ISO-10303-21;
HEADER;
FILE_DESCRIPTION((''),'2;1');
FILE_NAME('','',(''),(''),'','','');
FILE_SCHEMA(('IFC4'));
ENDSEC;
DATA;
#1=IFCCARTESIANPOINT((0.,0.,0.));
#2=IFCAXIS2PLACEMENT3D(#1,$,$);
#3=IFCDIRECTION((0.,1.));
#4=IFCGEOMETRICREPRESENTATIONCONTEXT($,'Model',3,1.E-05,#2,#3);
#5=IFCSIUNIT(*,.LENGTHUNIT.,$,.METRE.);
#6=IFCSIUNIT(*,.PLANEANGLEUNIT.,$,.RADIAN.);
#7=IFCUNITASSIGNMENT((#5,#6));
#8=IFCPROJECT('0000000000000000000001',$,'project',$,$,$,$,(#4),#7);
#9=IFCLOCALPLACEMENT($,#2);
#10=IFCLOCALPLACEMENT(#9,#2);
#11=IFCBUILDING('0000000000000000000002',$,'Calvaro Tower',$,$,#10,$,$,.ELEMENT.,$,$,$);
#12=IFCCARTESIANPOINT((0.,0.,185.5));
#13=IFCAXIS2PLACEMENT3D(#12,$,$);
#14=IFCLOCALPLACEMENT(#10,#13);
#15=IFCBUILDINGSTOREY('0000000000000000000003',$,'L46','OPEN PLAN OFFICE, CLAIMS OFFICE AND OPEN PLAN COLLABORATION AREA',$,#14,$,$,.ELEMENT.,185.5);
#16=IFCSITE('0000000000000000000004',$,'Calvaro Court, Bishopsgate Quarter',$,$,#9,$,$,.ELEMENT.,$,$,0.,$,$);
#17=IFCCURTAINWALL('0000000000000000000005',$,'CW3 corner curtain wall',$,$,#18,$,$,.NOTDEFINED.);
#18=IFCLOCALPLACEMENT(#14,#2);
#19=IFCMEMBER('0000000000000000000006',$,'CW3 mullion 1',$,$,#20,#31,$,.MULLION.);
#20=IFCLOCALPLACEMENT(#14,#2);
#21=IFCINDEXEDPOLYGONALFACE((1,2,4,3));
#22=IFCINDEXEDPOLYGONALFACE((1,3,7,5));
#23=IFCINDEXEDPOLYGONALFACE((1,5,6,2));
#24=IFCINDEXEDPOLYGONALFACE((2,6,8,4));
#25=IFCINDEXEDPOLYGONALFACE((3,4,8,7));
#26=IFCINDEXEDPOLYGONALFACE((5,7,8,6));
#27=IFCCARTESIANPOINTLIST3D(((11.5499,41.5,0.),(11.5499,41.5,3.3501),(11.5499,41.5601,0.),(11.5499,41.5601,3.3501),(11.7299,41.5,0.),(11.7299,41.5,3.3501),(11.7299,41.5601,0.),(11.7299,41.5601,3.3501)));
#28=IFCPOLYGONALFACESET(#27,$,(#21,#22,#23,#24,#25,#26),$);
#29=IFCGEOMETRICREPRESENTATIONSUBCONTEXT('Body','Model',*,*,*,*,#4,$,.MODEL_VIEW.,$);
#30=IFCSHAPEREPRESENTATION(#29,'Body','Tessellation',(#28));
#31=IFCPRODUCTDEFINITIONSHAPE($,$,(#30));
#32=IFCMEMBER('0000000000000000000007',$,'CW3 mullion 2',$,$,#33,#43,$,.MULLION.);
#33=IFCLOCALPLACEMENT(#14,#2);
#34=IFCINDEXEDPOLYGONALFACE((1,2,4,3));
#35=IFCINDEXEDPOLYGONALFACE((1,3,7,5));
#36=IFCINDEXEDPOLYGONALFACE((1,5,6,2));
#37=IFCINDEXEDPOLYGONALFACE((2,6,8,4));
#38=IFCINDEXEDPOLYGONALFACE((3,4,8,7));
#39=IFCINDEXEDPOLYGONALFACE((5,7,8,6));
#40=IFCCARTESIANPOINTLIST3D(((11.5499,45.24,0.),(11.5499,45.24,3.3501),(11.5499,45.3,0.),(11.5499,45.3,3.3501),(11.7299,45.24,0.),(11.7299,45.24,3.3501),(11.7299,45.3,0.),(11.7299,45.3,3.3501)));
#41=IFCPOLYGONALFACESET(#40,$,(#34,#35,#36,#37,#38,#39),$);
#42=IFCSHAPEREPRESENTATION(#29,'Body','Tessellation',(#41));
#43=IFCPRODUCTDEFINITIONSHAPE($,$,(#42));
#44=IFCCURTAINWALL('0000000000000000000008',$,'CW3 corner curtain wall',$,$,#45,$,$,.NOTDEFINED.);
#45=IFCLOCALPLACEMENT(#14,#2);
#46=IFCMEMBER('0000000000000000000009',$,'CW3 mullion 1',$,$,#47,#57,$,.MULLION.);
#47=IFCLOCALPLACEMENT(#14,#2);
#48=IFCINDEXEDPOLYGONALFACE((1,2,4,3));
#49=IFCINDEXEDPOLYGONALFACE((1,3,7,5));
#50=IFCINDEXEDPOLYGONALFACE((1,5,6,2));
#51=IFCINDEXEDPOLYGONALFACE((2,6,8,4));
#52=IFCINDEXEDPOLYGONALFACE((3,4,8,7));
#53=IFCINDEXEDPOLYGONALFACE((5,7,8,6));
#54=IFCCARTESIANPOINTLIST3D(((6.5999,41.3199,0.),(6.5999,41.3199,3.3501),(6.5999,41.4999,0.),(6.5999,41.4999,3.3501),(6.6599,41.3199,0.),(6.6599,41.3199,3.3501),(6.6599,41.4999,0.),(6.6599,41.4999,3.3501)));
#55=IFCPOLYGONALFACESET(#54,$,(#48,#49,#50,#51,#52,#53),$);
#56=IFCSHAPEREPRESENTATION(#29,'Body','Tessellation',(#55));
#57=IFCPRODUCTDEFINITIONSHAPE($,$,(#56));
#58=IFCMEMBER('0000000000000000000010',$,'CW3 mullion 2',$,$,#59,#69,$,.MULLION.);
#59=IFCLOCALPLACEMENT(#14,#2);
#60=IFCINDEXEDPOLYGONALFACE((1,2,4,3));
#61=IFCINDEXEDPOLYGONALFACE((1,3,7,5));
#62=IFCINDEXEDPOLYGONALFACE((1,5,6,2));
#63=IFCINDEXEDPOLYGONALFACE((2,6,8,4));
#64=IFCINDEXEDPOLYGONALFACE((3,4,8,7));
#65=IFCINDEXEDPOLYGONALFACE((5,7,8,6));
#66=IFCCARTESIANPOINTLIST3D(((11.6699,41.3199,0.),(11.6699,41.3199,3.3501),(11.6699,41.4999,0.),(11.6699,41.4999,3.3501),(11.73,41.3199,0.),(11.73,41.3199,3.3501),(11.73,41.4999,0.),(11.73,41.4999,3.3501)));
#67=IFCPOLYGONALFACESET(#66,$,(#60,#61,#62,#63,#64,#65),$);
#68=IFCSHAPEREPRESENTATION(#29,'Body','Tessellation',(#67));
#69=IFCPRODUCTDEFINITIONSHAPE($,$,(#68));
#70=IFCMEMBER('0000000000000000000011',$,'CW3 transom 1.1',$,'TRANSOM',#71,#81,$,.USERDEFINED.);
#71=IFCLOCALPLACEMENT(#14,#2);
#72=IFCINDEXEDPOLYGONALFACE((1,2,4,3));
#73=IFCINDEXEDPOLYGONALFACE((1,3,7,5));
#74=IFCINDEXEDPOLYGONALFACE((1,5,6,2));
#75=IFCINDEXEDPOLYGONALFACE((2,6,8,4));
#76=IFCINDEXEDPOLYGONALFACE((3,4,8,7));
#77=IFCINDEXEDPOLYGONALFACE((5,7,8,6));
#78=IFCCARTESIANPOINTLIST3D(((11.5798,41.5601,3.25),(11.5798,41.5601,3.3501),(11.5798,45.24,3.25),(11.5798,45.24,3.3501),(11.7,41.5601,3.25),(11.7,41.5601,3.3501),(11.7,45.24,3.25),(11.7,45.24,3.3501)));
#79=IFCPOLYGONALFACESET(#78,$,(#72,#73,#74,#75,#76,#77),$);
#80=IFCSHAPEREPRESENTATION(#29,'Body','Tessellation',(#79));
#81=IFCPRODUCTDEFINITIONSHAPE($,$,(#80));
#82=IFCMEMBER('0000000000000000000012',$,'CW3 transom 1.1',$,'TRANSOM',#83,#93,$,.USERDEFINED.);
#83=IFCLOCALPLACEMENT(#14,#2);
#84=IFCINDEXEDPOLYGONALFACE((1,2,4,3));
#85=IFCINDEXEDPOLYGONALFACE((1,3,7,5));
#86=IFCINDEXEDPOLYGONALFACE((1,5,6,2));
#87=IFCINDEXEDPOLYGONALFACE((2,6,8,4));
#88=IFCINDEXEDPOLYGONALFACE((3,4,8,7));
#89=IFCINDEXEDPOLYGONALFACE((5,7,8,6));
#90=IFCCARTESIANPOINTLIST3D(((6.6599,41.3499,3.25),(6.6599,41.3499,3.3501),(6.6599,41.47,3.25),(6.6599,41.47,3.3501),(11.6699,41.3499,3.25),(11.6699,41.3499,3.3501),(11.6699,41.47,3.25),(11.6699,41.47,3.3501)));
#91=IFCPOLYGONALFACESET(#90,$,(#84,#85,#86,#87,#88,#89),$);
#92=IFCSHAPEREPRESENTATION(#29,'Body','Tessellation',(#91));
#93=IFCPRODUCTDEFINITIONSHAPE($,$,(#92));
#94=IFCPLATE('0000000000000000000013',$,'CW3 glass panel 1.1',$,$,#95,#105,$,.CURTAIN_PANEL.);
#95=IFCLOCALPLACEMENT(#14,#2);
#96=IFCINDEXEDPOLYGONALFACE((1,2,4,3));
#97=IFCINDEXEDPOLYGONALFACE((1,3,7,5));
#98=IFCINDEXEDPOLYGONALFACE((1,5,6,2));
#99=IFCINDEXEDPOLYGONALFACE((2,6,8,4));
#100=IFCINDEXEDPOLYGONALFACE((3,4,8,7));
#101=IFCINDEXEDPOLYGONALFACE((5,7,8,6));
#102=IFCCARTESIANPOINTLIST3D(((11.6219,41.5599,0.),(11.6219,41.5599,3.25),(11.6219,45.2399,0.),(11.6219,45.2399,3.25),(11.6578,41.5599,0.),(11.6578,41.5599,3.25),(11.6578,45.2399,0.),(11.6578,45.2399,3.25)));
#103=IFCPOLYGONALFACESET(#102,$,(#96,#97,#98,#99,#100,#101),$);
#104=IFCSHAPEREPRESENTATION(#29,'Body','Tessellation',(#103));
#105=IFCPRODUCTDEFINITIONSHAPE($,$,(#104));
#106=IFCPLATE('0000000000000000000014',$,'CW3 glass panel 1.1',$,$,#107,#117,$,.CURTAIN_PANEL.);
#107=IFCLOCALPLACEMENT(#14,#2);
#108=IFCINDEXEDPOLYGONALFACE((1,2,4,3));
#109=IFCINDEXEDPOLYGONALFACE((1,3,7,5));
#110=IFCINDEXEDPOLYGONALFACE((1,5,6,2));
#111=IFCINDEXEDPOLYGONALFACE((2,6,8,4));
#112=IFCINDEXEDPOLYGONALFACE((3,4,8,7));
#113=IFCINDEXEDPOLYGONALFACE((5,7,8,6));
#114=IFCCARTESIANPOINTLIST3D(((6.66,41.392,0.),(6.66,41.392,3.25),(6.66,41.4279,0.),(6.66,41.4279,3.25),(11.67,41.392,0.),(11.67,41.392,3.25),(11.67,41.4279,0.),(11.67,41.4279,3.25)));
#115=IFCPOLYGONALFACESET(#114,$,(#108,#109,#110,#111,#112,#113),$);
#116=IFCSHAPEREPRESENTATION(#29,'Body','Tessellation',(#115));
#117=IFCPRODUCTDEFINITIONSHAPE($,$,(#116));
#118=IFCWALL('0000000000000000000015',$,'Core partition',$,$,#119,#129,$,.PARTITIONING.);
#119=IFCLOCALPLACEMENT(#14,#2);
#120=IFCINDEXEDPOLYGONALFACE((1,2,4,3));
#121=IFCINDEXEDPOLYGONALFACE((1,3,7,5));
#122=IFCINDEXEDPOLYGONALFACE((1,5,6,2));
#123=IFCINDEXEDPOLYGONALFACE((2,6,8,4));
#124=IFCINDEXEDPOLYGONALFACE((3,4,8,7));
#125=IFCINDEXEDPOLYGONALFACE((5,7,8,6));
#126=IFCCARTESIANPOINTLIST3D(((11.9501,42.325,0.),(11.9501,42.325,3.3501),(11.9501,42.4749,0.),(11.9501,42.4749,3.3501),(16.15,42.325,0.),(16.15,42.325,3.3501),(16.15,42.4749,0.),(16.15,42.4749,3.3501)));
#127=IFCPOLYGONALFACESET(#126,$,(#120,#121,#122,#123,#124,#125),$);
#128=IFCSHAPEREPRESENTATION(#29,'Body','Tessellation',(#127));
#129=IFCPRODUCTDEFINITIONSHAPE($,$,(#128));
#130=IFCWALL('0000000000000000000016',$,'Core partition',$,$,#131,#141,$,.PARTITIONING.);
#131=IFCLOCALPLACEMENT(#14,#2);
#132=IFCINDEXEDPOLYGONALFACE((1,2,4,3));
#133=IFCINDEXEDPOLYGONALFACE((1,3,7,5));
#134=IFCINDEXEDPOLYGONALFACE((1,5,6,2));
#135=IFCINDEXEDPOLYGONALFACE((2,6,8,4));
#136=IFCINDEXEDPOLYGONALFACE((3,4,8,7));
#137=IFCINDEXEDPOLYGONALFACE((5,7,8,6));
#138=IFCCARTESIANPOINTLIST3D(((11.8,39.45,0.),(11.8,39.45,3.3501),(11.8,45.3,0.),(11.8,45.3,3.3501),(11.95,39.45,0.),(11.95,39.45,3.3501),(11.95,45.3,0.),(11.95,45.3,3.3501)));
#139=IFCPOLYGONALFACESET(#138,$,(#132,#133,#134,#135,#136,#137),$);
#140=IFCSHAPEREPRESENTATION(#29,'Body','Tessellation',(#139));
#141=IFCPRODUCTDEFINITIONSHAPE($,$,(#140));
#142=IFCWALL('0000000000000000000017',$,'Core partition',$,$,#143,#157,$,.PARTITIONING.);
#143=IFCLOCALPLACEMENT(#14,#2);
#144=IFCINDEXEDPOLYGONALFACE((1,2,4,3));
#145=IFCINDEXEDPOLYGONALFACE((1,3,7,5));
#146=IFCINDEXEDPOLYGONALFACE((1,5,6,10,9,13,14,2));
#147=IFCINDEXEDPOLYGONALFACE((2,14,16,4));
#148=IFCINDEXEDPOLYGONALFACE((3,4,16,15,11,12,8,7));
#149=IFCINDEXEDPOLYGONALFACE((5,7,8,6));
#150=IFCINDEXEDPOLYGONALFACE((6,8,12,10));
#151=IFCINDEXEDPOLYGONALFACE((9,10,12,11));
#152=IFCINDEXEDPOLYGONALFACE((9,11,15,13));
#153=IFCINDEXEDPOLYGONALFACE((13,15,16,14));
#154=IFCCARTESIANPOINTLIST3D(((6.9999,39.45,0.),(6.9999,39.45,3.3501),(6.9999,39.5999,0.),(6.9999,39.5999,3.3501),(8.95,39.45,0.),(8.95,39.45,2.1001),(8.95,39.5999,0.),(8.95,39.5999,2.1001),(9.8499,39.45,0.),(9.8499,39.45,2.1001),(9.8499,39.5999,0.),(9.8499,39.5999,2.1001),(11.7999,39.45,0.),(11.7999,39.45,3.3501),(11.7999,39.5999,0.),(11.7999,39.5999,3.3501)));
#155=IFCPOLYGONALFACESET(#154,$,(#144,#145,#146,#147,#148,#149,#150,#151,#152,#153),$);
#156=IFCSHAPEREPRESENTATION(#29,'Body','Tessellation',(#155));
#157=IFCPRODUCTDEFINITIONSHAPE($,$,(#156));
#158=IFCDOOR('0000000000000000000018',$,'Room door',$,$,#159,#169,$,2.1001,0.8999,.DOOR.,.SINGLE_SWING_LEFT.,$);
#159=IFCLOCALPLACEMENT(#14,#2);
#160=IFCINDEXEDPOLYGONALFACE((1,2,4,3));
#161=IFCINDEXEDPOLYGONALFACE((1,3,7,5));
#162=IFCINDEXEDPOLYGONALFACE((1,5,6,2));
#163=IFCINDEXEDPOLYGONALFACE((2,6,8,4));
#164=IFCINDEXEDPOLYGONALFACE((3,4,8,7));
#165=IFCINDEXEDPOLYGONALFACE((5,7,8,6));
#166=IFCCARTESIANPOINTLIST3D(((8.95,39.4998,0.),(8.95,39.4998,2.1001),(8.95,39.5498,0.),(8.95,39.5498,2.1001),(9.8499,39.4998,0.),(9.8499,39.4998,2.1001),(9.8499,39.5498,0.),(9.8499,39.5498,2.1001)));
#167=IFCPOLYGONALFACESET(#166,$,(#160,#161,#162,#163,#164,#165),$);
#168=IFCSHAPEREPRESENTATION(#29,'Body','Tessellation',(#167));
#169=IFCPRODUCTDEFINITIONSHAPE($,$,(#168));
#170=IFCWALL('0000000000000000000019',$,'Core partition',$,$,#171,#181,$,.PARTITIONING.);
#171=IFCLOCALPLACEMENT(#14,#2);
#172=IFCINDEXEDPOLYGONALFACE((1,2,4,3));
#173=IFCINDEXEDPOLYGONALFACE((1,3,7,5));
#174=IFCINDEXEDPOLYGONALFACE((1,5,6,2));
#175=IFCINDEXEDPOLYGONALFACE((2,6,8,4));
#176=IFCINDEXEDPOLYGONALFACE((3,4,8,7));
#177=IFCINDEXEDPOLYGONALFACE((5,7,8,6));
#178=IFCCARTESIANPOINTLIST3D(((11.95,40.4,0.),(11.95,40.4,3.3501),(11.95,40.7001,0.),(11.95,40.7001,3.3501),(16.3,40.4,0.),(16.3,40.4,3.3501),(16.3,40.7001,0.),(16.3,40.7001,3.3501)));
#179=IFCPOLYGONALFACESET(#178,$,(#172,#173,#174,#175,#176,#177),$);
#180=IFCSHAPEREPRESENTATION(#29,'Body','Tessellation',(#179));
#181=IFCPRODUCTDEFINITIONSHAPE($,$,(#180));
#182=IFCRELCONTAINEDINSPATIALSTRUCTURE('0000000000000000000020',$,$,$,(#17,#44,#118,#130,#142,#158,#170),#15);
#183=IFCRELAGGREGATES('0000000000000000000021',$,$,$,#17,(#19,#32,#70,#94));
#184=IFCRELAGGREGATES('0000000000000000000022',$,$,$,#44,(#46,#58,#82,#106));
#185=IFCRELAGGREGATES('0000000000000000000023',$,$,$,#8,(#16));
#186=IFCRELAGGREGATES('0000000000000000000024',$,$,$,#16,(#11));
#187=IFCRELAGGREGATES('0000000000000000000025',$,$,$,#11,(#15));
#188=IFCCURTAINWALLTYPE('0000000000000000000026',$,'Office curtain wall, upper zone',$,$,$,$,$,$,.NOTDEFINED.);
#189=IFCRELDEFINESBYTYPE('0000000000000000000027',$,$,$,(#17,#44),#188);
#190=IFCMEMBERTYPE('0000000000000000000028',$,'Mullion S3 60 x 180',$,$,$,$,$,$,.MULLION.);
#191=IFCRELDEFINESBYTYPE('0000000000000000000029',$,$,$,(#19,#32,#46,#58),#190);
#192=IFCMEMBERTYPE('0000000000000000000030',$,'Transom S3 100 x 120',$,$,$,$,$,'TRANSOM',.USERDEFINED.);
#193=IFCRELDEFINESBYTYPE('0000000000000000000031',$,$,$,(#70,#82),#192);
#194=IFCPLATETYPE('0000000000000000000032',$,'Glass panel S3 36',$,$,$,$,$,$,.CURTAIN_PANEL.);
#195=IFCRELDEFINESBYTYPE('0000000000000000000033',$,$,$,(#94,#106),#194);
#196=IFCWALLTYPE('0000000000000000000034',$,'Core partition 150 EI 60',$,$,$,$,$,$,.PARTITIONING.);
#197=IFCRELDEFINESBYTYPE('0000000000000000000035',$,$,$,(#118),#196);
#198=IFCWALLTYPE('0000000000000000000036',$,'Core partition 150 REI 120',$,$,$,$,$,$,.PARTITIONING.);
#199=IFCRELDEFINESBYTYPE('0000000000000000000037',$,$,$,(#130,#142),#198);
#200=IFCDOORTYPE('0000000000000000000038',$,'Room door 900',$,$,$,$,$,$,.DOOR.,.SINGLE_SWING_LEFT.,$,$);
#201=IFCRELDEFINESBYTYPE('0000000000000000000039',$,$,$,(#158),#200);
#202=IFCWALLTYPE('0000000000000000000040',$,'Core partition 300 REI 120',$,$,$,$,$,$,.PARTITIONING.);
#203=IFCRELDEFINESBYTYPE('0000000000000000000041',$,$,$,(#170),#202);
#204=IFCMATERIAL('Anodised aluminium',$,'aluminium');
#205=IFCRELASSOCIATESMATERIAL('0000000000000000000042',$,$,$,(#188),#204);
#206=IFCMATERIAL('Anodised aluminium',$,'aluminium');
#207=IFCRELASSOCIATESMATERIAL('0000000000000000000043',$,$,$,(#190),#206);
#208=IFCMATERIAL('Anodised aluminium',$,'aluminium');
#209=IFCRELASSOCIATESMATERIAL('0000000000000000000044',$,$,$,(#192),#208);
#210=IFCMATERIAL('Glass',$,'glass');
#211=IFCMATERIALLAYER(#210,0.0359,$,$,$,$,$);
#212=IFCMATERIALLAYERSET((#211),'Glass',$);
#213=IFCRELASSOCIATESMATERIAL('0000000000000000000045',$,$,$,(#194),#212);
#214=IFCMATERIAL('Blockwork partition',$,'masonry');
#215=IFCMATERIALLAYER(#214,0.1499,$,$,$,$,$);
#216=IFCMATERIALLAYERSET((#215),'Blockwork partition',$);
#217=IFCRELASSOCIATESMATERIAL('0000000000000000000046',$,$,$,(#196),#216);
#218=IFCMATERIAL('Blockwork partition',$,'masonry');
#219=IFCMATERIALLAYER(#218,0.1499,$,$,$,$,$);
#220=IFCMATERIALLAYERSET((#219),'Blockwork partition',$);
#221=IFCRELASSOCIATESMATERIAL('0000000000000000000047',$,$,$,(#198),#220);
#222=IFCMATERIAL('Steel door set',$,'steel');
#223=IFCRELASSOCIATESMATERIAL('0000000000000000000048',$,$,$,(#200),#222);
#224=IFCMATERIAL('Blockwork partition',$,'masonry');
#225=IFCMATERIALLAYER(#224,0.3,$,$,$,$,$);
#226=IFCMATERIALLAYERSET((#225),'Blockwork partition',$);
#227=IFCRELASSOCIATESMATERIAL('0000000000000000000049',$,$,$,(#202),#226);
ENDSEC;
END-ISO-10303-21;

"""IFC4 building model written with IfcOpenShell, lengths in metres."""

from ifc_helpers import new_model, si_unit, direction, frame, frame_2d, origin, origin_2d, place, context, subcontext, project, spatial, rectangle, extrude, material, layer, layer_set, material_profile, profile_set, type_object, element, fill, aggregate, save


model = new_model("IFC4")

# Units and contexts
model_context = context("Model", 3, precision=1e-05, world=origin(), true_north=direction((0.0, 1.0)))
body_context = subcontext(model_context, "Body", "Model", "MODEL_VIEW")
ifc_project = project(units=[si_unit("LENGTHUNIT", "METRE"), si_unit("PLANEANGLEUNIT", "RADIAN")], contexts=[model_context])

# Site, building, storey
site_placement = place(None, origin())
site = spatial("IfcSite", under=ifc_project, at=site_placement, Name="Calvaro Court, Bishopsgate Quarter", CompositionType="ELEMENT", RefElevation=0.0)
building_placement = place(site_placement, origin())
building = spatial("IfcBuilding", under=site, at=building_placement, Name="Calvaro Tower", CompositionType="ELEMENT")
storey_placement = place(building_placement, frame((0.0, 0.0, 185.5)))
storey = spatial("IfcBuildingStorey", under=building, at=storey_placement, Name="L46", Description="OPEN PLAN OFFICE, CLAIMS OFFICE AND OPEN PLAN COLLABORATION AREA", CompositionType="ELEMENT", Elevation=185.5)

# Curtain walls, members
ifc_material_1 = material(Name="Anodised aluminium", Category="aluminium")
curtain_wall_type = type_object("IfcCurtainWallType", Name="Office curtain wall, upper zone", PredefinedType="NOTDEFINED", material=ifc_material_1)
curtain_wall_1_placement = place(storey_placement, origin())
curtain_wall_1 = element("IfcCurtainWall", 1, at=curtain_wall_1_placement, inside=storey, type_object=curtain_wall_type, Name="CW3 corner curtain wall", PredefinedType="NOTDEFINED")
ifc_material_2 = material(Name="Anodised aluminium", Category="aluminium")
ifc_material_profile_1 = material_profile(ifc_material_2, rectangle(XDim=0.1799, YDim=0.0601, at=origin_2d()), Name="Mullion S3 60 x 180")
ifc_profile_set_1 = profile_set([ifc_material_profile_1], Name="Anodised aluminium")
member_type_1 = type_object("IfcMemberType", Name="Mullion S3 60 x 180", PredefinedType="MULLION", material=ifc_profile_set_1)
member_1_placement = place(storey_placement, frame((11.6399, 41.53, 0.0), z_axis=(0.0, 0.0, 1.0), x_axis=(-1.0, 0.0, 0.0)))
member_1 = element("IfcMember", 2, at=member_1_placement, type_object=member_type_1, Name="CW3 mullion 1", PredefinedType="MULLION", context=body_context, shape_type="SweptSolid", body=[
    extrude(rectangle(XDim=0.1799, YDim=0.0601, at=origin_2d()), origin(), (0.0, 0.0, 1.0), 3.3501),
])
member_2_placement = place(storey_placement, frame((11.6399, 45.27, 0.0), z_axis=(0.0, 0.0, 1.0), x_axis=(-1.0, 0.0, 0.0)))
member_2 = element("IfcMember", 3, at=member_2_placement, type_object=member_type_1, Name="CW3 mullion 2", PredefinedType="MULLION", context=body_context, shape_type="SweptSolid", body=[
    extrude(rectangle(XDim=0.1799, YDim=0.0601, at=origin_2d()), origin(), (0.0, 0.0, 1.0), 3.3501),
])
curtain_wall_2_placement = place(storey_placement, origin())
curtain_wall_2 = element("IfcCurtainWall", 4, at=curtain_wall_2_placement, inside=storey, type_object=curtain_wall_type, Name="CW3 corner curtain wall", PredefinedType="NOTDEFINED")
member_3_placement = place(storey_placement, frame((6.6299, 41.4099, 0.0), z_axis=(0.0, 0.0, 1.0), x_axis=(0.0, 1.0, 0.0)))
member_3 = element("IfcMember", 5, at=member_3_placement, type_object=member_type_1, Name="CW3 mullion 1", PredefinedType="MULLION", context=body_context, shape_type="SweptSolid", body=[
    extrude(rectangle(XDim=0.1799, YDim=0.0601, at=origin_2d()), origin(), (0.0, 0.0, 1.0), 3.3501),
])
member_4_placement = place(storey_placement, frame((11.7, 41.4099, 0.0), z_axis=(0.0, 0.0, 1.0), x_axis=(0.0, 1.0, 0.0)))
member_4 = element("IfcMember", 6, at=member_4_placement, type_object=member_type_1, Name="CW3 mullion 2", PredefinedType="MULLION", context=body_context, shape_type="SweptSolid", body=[
    extrude(rectangle(XDim=0.1799, YDim=0.0601, at=origin_2d()), origin(), (0.0, 0.0, 1.0), 3.3501),
])

# Members
ifc_material_3 = material(Name="Anodised aluminium", Category="aluminium")
ifc_material_profile_2 = material_profile(ifc_material_3, rectangle(XDim=0.1201, YDim=0.1001, at=origin_2d()), Name="Transom S3 100 x 120")
ifc_profile_set_2 = profile_set([ifc_material_profile_2], Name="Anodised aluminium")
member_type_2 = type_object("IfcMemberType", Name="Transom S3 100 x 120", ElementType="TRANSOM", PredefinedType="USERDEFINED", material=ifc_profile_set_2)
member_5_placement = place(storey_placement, frame((11.6399, 41.5601, 3.3), z_axis=(0.0, 1.0, 0.0), x_axis=(-1.0, 0.0, 0.0)))
member_5 = element("IfcMember", 7, at=member_5_placement, type_object=member_type_2, Name="CW3 transom 1.1", ObjectType="TRANSOM", PredefinedType="USERDEFINED", context=body_context, shape_type="SweptSolid", body=[
    extrude(rectangle(XDim=0.1201, YDim=0.1001, at=origin_2d()), origin(), (0.0, 0.0, 1.0), 3.6799),
])
member_6_placement = place(storey_placement, frame((6.6599, 41.4099, 3.3), z_axis=(1.0, 0.0, 0.0), x_axis=(0.0, 1.0, 0.0)))
member_6 = element("IfcMember", 8, at=member_6_placement, type_object=member_type_2, Name="CW3 transom 1.1", ObjectType="TRANSOM", PredefinedType="USERDEFINED", context=body_context, shape_type="SweptSolid", body=[
    extrude(rectangle(XDim=0.1201, YDim=0.1001, at=origin_2d()), origin(), (0.0, 0.0, 1.0), 5.01),
])

# Plates
ifc_material_4 = material(Name="Glass", Category="glass")
ifc_layer_1 = layer(ifc_material_4, 0.0359)
ifc_layer_set_1 = layer_set([ifc_layer_1], Name="Glass")
plate_type = type_object("IfcPlateType", Name="Glass panel S3 36", PredefinedType="CURTAIN_PANEL", material=ifc_layer_set_1)
plate_1_placement = place(storey_placement, frame((11.6399, 43.3999, 0.0), z_axis=(0.0, 0.0, 1.0), x_axis=(0.0, 1.0, 0.0)))
plate_1 = element("IfcPlate", 9, at=plate_1_placement, type_object=plate_type, Name="CW3 glass panel 1.1", PredefinedType="CURTAIN_PANEL", context=body_context, shape_type="SweptSolid", body=[
    extrude(rectangle(XDim=3.6799, YDim=0.0359, at=origin_2d()), origin(), (0.0, 0.0, 1.0), 3.25),
])
aggregate(curtain_wall_1, [member_1, member_2, member_5, plate_1])
plate_2_placement = place(storey_placement, frame((9.165, 41.4099, 0.0), z_axis=(0.0, 0.0, 1.0), x_axis=(1.0, 0.0, 0.0)))
plate_2 = element("IfcPlate", 10, at=plate_2_placement, type_object=plate_type, Name="CW3 glass panel 1.1", PredefinedType="CURTAIN_PANEL", context=body_context, shape_type="SweptSolid", body=[
    extrude(rectangle(XDim=5.01, YDim=0.0359, at=origin_2d()), origin(), (0.0, 0.0, 1.0), 3.25),
])
aggregate(curtain_wall_2, [member_3, member_4, member_6, plate_2])

# Walls
ifc_material_5 = material(Name="Blockwork partition", Category="masonry")
ifc_layer_2 = layer(ifc_material_5, 0.1499)
ifc_layer_set_2 = layer_set([ifc_layer_2], Name="Blockwork partition")
wall_type_1 = type_object("IfcWallType", Name="Core partition 150 EI 60", PredefinedType="PARTITIONING", material=ifc_layer_set_2)
wall_1_placement = place(storey_placement, frame((11.95, 42.3999, 0.0), z_axis=(0.0, 0.0, 1.0), x_axis=(1.0, 0.0, 0.0)))
element("IfcWall", 11, at=wall_1_placement, inside=storey, type_object=wall_type_1, Name="Core partition", PredefinedType="PARTITIONING", context=body_context, shape_type="SweptSolid", body=[
    extrude(rectangle(XDim=4.2, YDim=0.1499, at=frame_2d((2.1001, 0.0))), origin(), (0.0, 0.0, 1.0), 3.3501),
])
ifc_material_6 = material(Name="Blockwork partition", Category="masonry")
ifc_layer_3 = layer(ifc_material_6, 0.1499)
ifc_layer_set_3 = layer_set([ifc_layer_3], Name="Blockwork partition")
wall_type_2 = type_object("IfcWallType", Name="Core partition 150 REI 120", PredefinedType="PARTITIONING", material=ifc_layer_set_3)
wall_2_placement = place(storey_placement, frame((11.875, 39.45, 0.0), z_axis=(0.0, 0.0, 1.0), x_axis=(0.0, 1.0, 0.0)))
element("IfcWall", 12, at=wall_2_placement, inside=storey, type_object=wall_type_2, Name="Core partition", PredefinedType="PARTITIONING", context=body_context, shape_type="SweptSolid", body=[
    extrude(rectangle(XDim=5.8501, YDim=0.1499, at=frame_2d((2.925, 0.0))), origin(), (0.0, 0.0, 1.0), 3.3501),
])

# Wall, opening, door
wall_3_placement = place(storey_placement, frame((7.0, 39.5249, 0.0), z_axis=(0.0, 0.0, 1.0), x_axis=(1.0, 0.0, 0.0)))
wall_3 = element("IfcWall", 13, at=wall_3_placement, inside=storey, type_object=wall_type_2, Name="Core partition", PredefinedType="PARTITIONING", context=body_context, shape_type="SweptSolid", body=[
    extrude(rectangle(XDim=4.8, YDim=0.1499, at=frame_2d((2.3999, 0.0))), origin(), (0.0, 0.0, 1.0), 3.3501),
])
opening_1_placement = place(wall_3_placement, frame((1.95, 0.0, 0.0)))
opening_1 = element("IfcOpeningElement", 14, at=opening_1_placement, cuts=wall_3, PredefinedType="OPENING", context=body_context, shape_type="SweptSolid", body=[
    extrude(rectangle(XDim=0.8999, YDim=2.1001, at=frame_2d((0.45, 1.05))), frame((0.0, 0.085, 0.0), z_axis=(0.0, -1.0, 0.0), x_axis=(1.0, 0.0, 0.0)), (0.0, 0.0, 1.0), 0.1699),
])
ifc_material_7 = material(Name="Steel door set", Category="steel")
door_type = type_object("IfcDoorType", Name="Room door 900", OperationType="SINGLE_SWING_LEFT", PredefinedType="DOOR", material=ifc_material_7)
door_placement = place(opening_1_placement, origin())
door = element("IfcDoor", 15, at=door_placement, inside=storey, type_object=door_type, Name="Room door", OperationType="SINGLE_SWING_LEFT", OverallHeight=2.1001, OverallWidth=0.8999, PredefinedType="DOOR", context=body_context, shape_type="SweptSolid", body=[
    extrude(rectangle(XDim=0.8999, YDim=2.1001, at=frame_2d((0.45, 1.05))), frame((0.0, 0.0249, 0.0), z_axis=(0.0, -1.0, 0.0), x_axis=(1.0, 0.0, 0.0)), (0.0, 0.0, 1.0), 0.05),
])
fill(opening_1, door)

# Wall
ifc_material_8 = material(Name="Blockwork partition", Category="masonry")
ifc_layer_4 = layer(ifc_material_8, 0.3)
ifc_layer_set_4 = layer_set([ifc_layer_4], Name="Blockwork partition")
wall_type_3 = type_object("IfcWallType", Name="Core partition 300 REI 120", PredefinedType="PARTITIONING", material=ifc_layer_set_4)
wall_4_placement = place(storey_placement, frame((11.95, 40.55, 0.0), z_axis=(0.0, 0.0, 1.0), x_axis=(1.0, 0.0, 0.0)))
element("IfcWall", 16, at=wall_4_placement, inside=storey, type_object=wall_type_3, Name="Core partition", PredefinedType="PARTITIONING", context=body_context, shape_type="SweptSolid", body=[
    extrude(rectangle(XDim=4.3501, YDim=0.3, at=frame_2d((2.175, 0.0))), origin(), (0.0, 0.0, 1.0), 3.3501),
])

save(model, "model.ifc")
